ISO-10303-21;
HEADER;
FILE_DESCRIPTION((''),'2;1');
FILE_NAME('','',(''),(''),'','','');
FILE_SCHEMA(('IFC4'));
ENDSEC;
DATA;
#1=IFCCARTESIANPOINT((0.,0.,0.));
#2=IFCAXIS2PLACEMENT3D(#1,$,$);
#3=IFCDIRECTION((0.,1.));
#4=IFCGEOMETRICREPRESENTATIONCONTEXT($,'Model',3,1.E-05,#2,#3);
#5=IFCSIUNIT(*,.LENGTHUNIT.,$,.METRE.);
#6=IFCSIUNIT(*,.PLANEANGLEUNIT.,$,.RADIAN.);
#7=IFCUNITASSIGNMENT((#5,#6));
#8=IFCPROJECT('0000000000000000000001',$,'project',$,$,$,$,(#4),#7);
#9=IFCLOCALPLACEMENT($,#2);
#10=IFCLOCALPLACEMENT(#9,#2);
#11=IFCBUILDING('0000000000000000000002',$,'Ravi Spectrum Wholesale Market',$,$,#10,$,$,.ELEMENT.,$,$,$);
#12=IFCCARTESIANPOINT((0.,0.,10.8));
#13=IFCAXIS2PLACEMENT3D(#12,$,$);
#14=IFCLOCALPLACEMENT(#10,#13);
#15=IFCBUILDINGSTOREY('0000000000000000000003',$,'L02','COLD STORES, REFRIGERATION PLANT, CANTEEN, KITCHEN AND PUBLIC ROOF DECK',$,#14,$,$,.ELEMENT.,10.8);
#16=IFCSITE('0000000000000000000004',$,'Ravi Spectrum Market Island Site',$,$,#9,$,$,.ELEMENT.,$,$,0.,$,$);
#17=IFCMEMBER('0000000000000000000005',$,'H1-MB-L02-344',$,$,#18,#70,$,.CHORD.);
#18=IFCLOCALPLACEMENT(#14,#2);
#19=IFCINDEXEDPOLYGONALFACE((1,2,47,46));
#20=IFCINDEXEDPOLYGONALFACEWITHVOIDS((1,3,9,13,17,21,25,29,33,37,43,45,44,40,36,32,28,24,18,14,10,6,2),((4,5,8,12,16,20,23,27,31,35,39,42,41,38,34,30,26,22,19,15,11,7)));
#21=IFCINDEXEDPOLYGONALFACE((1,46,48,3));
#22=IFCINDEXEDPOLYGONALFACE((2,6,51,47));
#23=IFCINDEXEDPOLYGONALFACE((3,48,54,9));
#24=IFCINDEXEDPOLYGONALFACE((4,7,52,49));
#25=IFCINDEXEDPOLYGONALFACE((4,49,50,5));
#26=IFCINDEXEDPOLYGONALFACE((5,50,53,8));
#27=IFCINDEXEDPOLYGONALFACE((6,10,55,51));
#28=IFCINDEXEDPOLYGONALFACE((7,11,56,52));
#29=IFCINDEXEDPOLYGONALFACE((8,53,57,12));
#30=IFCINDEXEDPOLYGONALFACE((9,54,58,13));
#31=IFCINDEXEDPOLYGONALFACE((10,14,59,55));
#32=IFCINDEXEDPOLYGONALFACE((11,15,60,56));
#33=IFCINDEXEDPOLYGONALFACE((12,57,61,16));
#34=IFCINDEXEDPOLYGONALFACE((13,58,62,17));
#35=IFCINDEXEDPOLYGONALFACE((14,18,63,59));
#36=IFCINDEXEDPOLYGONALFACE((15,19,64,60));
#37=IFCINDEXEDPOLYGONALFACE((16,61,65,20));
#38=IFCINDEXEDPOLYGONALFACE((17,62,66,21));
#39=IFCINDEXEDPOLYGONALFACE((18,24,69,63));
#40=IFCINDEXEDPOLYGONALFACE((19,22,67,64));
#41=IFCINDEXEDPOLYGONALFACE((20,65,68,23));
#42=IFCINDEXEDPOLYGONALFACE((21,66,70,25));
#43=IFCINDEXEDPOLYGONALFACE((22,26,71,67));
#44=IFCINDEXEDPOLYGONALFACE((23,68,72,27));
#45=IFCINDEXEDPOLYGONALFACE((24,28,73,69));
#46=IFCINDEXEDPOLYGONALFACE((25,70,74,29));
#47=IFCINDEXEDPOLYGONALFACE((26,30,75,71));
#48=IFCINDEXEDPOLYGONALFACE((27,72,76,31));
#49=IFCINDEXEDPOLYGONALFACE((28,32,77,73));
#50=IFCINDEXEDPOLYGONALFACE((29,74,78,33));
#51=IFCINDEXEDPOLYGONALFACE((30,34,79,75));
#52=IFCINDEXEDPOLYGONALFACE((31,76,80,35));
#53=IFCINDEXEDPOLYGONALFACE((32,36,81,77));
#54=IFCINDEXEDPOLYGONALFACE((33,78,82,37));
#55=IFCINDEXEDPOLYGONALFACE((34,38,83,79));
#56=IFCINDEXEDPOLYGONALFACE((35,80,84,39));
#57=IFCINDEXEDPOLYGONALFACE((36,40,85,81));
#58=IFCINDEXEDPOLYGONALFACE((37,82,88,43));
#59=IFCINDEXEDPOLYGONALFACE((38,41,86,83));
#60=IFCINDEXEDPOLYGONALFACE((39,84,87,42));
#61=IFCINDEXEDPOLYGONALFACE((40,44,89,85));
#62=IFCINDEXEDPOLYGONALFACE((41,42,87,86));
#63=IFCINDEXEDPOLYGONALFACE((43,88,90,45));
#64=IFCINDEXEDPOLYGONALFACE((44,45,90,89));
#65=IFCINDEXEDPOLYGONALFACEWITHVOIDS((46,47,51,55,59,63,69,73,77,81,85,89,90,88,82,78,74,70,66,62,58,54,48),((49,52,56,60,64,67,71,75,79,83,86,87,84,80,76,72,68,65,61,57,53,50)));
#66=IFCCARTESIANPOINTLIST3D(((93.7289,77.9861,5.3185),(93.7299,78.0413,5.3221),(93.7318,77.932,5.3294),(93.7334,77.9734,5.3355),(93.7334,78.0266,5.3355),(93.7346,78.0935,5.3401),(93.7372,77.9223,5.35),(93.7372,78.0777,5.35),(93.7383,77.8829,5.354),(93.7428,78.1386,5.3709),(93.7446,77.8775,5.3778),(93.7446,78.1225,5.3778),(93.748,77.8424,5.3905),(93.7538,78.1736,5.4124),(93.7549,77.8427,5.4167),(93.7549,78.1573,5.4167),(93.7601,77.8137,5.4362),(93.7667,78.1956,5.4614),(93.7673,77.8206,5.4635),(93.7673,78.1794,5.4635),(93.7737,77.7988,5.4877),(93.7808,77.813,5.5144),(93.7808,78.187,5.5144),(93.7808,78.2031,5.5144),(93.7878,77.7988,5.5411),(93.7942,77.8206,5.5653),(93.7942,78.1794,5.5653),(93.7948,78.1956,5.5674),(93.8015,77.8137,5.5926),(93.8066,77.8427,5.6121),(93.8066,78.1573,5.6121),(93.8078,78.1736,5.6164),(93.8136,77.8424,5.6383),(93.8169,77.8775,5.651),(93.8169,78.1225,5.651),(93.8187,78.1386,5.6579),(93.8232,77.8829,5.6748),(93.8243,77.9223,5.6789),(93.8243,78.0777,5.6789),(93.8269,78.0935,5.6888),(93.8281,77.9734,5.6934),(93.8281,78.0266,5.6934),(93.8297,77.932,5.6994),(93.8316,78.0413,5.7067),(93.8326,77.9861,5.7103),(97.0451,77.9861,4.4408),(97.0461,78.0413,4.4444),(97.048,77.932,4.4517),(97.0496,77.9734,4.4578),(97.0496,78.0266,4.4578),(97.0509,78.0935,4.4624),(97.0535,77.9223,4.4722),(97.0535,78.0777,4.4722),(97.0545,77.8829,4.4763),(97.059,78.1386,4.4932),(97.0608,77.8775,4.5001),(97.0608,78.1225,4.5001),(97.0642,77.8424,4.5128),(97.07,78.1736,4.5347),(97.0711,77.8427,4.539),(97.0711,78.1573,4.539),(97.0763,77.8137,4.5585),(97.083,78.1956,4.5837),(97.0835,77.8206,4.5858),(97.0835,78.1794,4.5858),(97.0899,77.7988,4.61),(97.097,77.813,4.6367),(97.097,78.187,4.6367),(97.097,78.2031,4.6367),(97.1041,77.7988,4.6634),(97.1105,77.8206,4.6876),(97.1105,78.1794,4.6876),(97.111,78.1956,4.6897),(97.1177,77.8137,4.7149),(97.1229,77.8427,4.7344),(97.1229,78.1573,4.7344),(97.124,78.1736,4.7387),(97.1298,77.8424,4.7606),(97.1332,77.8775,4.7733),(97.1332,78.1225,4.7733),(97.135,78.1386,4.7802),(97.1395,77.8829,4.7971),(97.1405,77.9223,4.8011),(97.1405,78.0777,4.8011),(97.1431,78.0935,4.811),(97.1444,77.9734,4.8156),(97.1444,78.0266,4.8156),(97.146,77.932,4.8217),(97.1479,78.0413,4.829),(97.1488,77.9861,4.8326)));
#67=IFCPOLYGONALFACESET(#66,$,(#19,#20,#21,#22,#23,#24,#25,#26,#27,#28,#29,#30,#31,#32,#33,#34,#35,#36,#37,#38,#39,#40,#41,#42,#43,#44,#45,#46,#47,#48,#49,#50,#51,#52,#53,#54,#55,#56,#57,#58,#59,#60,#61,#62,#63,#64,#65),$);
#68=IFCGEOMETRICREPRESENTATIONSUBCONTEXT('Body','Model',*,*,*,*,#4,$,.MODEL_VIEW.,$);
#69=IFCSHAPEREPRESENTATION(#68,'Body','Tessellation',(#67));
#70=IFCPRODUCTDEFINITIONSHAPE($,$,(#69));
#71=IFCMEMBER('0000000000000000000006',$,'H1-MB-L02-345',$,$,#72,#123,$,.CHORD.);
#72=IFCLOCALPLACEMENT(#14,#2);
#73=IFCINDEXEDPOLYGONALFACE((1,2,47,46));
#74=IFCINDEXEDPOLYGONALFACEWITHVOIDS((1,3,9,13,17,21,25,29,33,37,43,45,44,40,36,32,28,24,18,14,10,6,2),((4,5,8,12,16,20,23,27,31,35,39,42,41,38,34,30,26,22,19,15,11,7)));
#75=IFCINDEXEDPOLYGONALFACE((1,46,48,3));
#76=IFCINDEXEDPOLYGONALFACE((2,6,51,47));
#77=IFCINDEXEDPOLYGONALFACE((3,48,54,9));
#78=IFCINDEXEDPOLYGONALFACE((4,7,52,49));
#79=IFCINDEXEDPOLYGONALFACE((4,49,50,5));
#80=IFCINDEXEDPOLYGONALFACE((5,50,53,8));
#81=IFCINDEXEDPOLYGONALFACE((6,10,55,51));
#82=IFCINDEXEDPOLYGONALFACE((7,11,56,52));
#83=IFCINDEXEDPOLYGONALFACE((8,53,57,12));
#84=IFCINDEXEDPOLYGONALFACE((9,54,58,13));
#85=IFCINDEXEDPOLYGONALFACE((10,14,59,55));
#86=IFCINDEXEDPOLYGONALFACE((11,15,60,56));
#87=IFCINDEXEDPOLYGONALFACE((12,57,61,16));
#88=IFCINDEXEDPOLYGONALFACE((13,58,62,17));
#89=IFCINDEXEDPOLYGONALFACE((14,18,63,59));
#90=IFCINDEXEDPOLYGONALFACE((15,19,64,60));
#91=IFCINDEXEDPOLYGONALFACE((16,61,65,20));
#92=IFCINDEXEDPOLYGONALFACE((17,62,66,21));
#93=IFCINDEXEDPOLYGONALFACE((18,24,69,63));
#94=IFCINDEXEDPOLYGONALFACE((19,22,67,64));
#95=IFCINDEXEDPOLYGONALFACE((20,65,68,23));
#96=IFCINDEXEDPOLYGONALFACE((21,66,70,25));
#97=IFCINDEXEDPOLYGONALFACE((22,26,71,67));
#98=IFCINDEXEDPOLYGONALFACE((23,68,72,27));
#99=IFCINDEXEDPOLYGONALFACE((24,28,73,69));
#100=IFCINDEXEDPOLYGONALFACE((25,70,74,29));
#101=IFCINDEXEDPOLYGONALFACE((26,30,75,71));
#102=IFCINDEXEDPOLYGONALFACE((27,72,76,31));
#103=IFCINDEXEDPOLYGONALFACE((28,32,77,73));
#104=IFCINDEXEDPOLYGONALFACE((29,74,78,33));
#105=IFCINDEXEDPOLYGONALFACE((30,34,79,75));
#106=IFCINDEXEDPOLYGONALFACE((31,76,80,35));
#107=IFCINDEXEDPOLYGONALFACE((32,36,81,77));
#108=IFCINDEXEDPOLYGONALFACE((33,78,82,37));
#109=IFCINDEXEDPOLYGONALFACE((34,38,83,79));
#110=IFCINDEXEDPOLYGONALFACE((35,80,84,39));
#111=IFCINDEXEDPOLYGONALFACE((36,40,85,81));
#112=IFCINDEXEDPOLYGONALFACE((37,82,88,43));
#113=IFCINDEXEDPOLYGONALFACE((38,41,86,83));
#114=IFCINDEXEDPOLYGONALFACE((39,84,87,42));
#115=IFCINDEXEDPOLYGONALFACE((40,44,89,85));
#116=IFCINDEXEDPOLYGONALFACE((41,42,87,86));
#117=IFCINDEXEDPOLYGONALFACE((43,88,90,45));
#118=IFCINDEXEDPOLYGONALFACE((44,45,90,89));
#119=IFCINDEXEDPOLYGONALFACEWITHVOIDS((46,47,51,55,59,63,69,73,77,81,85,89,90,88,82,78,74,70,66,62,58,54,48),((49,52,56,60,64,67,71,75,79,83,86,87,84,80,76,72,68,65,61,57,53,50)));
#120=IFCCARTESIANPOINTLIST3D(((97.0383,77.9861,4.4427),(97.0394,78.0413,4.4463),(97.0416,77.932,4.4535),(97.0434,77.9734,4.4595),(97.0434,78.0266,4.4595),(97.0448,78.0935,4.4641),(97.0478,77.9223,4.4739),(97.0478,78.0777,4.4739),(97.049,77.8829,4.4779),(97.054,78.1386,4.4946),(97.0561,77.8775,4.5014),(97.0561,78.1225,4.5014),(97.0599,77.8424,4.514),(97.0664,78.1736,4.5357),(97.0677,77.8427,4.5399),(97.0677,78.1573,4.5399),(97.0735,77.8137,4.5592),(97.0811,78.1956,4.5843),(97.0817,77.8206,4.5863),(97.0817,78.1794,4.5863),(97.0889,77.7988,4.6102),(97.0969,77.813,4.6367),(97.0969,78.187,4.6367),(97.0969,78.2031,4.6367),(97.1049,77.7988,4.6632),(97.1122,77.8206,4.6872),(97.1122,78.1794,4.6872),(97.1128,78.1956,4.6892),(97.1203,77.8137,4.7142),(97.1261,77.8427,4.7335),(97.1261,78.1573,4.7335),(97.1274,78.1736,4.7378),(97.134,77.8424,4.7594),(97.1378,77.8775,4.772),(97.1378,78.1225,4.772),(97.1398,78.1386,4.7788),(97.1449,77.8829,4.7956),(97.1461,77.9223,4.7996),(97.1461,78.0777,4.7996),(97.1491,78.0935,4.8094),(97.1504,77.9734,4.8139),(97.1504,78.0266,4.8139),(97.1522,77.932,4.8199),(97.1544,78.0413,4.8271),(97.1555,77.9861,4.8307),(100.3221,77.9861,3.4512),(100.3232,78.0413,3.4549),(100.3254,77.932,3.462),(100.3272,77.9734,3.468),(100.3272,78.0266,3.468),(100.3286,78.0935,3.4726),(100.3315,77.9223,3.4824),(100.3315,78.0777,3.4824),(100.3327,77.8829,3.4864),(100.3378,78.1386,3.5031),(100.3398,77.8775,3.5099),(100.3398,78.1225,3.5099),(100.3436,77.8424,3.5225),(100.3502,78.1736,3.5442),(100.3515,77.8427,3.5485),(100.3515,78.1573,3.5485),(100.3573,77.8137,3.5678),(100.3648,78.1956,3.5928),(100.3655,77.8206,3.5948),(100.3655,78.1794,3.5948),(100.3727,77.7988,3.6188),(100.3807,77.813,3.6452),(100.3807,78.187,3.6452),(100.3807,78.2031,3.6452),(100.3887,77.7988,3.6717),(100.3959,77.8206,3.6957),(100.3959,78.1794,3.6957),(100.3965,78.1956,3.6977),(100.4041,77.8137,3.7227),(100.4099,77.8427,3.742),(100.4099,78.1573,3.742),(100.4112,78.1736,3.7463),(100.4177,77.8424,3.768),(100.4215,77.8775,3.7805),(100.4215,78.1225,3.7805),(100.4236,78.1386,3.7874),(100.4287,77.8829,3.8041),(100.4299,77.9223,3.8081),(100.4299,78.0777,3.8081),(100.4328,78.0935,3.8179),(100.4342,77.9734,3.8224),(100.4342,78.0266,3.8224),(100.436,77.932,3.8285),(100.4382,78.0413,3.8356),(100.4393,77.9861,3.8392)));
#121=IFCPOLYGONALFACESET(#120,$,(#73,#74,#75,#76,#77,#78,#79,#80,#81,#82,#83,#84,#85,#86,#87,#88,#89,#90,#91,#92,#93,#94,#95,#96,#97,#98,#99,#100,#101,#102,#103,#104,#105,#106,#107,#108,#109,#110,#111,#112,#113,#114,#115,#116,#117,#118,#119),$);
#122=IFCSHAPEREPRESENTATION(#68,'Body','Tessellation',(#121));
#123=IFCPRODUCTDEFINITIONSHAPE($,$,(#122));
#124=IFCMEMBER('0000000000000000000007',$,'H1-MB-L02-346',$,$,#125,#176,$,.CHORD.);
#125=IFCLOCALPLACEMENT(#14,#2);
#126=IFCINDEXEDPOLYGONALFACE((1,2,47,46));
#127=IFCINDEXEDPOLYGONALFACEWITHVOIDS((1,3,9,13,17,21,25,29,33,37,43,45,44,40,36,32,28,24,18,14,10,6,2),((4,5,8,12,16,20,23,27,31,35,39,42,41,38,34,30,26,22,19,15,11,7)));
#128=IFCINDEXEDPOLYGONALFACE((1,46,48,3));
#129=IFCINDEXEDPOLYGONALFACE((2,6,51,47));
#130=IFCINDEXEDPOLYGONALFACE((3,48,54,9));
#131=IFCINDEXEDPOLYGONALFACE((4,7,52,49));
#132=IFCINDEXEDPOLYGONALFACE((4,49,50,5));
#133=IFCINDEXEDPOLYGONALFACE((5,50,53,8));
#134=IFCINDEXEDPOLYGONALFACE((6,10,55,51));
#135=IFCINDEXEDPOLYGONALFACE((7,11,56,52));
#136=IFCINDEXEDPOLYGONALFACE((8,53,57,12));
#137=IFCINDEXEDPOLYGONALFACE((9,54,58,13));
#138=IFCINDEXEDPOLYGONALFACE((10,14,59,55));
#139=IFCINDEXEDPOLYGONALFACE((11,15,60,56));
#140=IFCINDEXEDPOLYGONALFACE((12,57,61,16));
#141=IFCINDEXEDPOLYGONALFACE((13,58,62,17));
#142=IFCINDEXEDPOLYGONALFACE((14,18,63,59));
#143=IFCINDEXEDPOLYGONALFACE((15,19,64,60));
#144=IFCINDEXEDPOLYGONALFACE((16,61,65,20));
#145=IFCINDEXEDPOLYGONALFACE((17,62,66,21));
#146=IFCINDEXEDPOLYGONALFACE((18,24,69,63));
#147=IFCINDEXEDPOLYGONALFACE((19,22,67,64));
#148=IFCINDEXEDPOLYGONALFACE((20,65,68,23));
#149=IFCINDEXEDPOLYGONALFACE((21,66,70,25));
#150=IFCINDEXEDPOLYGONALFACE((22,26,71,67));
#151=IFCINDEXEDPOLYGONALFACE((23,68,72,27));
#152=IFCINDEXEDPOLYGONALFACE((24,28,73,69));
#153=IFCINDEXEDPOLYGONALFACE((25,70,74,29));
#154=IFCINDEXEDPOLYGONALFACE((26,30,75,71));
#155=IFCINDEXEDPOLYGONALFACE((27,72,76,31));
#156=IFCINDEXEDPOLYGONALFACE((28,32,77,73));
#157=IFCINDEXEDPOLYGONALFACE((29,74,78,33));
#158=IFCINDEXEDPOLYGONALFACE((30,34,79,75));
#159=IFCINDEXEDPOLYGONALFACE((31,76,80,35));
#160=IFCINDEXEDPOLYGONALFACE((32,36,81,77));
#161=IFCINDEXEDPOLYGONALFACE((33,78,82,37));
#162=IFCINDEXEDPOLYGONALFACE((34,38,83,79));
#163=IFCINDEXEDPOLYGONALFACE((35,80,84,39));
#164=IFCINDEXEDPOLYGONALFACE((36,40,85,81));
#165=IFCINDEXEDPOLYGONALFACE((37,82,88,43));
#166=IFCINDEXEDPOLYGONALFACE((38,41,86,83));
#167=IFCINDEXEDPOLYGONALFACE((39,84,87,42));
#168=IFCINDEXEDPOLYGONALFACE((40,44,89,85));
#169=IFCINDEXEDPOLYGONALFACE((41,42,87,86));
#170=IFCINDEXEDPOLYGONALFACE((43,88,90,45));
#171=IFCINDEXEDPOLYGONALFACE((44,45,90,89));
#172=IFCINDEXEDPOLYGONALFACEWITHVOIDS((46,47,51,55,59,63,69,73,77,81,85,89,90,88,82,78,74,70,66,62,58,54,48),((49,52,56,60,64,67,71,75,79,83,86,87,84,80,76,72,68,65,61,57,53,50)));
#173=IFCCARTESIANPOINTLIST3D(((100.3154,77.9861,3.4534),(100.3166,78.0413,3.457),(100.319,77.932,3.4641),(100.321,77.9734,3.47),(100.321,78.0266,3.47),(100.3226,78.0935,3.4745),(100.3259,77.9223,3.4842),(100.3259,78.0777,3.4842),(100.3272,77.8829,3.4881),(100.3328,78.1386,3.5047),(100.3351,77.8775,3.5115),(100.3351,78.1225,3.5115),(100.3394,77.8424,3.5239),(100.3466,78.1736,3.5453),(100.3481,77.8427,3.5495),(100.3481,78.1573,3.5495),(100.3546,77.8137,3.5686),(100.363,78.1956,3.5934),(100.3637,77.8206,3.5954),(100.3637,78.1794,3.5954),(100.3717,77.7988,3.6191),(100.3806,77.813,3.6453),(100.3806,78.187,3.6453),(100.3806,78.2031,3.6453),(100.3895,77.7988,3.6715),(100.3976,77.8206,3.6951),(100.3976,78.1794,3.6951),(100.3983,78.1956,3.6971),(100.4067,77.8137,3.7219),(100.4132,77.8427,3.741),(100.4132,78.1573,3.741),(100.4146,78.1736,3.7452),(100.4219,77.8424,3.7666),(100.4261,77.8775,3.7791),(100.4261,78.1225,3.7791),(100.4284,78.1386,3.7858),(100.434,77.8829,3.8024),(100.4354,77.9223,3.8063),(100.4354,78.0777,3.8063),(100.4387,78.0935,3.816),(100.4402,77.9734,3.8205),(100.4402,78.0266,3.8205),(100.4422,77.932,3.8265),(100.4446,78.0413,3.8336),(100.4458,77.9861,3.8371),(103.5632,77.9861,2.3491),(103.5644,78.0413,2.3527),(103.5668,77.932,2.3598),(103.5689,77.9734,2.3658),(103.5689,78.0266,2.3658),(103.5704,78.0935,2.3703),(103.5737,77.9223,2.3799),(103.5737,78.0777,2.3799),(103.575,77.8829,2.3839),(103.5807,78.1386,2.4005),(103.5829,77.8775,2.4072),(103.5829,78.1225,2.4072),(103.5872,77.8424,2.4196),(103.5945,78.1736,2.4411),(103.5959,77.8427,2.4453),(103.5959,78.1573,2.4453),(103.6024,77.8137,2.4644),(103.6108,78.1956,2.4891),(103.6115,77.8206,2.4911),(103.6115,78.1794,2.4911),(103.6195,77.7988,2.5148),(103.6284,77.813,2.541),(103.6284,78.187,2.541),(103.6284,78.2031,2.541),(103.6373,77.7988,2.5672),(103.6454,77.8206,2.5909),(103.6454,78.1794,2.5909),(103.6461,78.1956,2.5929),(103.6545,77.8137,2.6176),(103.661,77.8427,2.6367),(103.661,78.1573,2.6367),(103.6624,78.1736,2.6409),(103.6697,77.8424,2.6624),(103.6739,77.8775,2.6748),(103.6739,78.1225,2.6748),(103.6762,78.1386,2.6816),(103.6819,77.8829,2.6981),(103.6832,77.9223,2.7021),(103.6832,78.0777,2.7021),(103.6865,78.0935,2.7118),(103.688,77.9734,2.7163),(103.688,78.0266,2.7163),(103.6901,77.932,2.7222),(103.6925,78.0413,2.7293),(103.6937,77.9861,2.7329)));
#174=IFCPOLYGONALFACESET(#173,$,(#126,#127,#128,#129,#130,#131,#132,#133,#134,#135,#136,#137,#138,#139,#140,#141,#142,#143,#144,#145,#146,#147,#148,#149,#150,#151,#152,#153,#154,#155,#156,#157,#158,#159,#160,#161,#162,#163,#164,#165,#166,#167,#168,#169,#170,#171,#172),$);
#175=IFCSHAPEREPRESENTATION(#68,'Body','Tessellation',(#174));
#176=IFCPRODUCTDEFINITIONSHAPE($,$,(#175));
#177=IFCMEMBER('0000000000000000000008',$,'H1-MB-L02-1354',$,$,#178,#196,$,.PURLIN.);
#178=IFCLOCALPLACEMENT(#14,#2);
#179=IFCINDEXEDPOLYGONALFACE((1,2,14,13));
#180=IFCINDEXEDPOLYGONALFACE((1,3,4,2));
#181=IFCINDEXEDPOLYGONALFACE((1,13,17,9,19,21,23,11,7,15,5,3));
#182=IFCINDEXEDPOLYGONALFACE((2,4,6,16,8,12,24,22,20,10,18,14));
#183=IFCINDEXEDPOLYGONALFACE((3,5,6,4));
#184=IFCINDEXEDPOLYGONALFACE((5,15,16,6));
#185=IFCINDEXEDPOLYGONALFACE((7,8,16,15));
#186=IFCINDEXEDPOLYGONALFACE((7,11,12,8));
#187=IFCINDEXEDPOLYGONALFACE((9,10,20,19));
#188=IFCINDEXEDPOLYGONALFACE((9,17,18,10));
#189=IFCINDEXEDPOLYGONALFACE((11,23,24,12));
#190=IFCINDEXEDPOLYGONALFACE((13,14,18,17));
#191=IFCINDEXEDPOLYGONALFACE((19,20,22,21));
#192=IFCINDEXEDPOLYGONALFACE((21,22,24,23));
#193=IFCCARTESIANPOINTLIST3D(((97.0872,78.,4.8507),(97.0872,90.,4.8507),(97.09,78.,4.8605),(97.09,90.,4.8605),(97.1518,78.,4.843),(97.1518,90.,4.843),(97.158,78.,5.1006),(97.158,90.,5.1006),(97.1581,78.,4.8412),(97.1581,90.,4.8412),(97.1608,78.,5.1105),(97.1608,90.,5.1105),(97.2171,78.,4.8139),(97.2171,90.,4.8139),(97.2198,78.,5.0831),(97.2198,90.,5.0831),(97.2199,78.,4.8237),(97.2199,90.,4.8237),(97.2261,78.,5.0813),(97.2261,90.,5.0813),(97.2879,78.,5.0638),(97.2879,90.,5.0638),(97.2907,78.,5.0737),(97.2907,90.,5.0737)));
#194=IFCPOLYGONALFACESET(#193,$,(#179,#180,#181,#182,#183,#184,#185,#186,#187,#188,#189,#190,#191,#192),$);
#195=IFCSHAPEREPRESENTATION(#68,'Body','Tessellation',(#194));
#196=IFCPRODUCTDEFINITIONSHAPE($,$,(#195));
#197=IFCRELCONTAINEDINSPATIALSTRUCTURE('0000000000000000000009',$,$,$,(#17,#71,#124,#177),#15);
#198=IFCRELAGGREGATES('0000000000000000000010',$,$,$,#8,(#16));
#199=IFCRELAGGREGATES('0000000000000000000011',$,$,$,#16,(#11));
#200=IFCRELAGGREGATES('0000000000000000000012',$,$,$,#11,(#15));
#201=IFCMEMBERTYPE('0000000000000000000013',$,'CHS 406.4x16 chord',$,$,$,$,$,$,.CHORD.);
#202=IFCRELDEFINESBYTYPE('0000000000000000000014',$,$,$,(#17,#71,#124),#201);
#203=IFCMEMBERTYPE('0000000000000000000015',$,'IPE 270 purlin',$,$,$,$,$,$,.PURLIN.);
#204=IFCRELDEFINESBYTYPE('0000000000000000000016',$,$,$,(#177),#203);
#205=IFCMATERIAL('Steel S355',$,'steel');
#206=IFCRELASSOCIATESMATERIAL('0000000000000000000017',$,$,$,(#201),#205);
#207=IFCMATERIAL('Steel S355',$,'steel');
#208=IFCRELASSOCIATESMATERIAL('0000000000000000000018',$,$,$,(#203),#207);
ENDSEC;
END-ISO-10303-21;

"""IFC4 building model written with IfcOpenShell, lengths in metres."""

from ifc_helpers import new_model, si_unit, direction, frame, origin, origin_2d, place, context, subcontext, project, spatial, hollow_circle, i_section, extrude, material, material_profile, profile_set, type_object, element, save


model = new_model("IFC4")

# Units and contexts
model_context = context("Model", 3, precision=1e-05, world=origin(), true_north=direction((0.0, 1.0)))
body_context = subcontext(model_context, "Body", "Model", "MODEL_VIEW")
ifc_project = project(units=[si_unit("LENGTHUNIT", "METRE"), si_unit("PLANEANGLEUNIT", "RADIAN")], contexts=[model_context])

# Site, building, storey
site_placement = place(None, origin())
site = spatial("IfcSite", under=ifc_project, at=site_placement, Name="Ravi Spectrum Market Island Site", CompositionType="ELEMENT", RefElevation=0.0)
building_placement = place(site_placement, origin())
building = spatial("IfcBuilding", under=site, at=building_placement, Name="Ravi Spectrum Wholesale Market", CompositionType="ELEMENT")
storey_placement = place(building_placement, frame((0.0, 0.0, 10.8)))
storey = spatial("IfcBuildingStorey", under=building, at=storey_placement, Name="L02", Description="COLD STORES, REFRIGERATION PLANT, CANTEEN, KITCHEN AND PUBLIC ROOF DECK", CompositionType="ELEMENT", Elevation=10.8)

# Members
ifc_material_1 = material(Name="Steel S355", Category="steel")
ifc_material_profile_1 = material_profile(ifc_material_1, hollow_circle(Radius=0.2031, WallThickness=0.0161, at=origin_2d()))
ifc_profile_set_1 = profile_set([ifc_material_profile_1], Name="Steel S355")
member_type_1 = type_object("IfcMemberType", Name="CHS 406.4x16 chord", PredefinedType="CHORD", material=ifc_profile_set_1)
member_1_placement = place(storey_placement, frame((93.7808, 78.0, 5.5144), z_axis=(0.966714, 0.0, -0.255859), x_axis=(0.0, 1.0, 0.0)))
element("IfcMember", 1, at=member_1_placement, inside=storey, type_object=member_type_1, Name="H1-MB-L02-344", PredefinedType="CHORD", context=body_context, shape_type="SweptSolid", body=[
    extrude(hollow_circle(Radius=0.2031, WallThickness=0.0161, at=origin_2d()), origin(), (0.0, 0.0, 1.0), 3.4304),
])
member_2_placement = place(storey_placement, frame((97.0969, 78.0, 4.6367), z_axis=(0.957315, 0.0, -0.289045), x_axis=(0.0, 1.0, 0.0)))
element("IfcMember", 2, at=member_2_placement, inside=storey, type_object=member_type_1, Name="H1-MB-L02-345", PredefinedType="CHORD", context=body_context, shape_type="SweptSolid", body=[
    extrude(hollow_circle(Radius=0.2031, WallThickness=0.0161, at=origin_2d()), origin(), (0.0, 0.0, 1.0), 3.4302),
])
member_3_placement = place(storey_placement, frame((100.3806, 78.0, 3.6453), z_axis=(0.946773, 0.0, -0.321901), x_axis=(0.0, 1.0, 0.0)))
element("IfcMember", 3, at=member_3_placement, inside=storey, type_object=member_type_1, Name="H1-MB-L02-346", PredefinedType="CHORD", context=body_context, shape_type="SweptSolid", body=[
    extrude(hollow_circle(Radius=0.2031, WallThickness=0.0161, at=origin_2d()), origin(), (0.0, 0.0, 1.0), 3.4304),
])
ifc_material_2 = material(Name="Steel S355", Category="steel")
ifc_material_profile_2 = material_profile(ifc_material_2, i_section(OverallWidth=0.135, OverallDepth=0.27, WebThickness=0.0066, FlangeThickness=0.0103, at=origin_2d()))
ifc_profile_set_2 = profile_set([ifc_material_profile_2], Name="Steel S355")
member_type_2 = type_object("IfcMemberType", Name="IPE 270 purlin", PredefinedType="PURLIN", material=ifc_profile_set_2)
member_4_placement = place(storey_placement, frame((97.189, 78.0, 4.9622), z_axis=(0.0, 1.0, 0.0), x_axis=(-0.962156, 0.0, 0.272499)))
element("IfcMember", 4, at=member_4_placement, inside=storey, type_object=member_type_2, Name="H1-MB-L02-1354", PredefinedType="PURLIN", context=body_context, shape_type="SweptSolid", body=[
    extrude(i_section(OverallWidth=0.135, OverallDepth=0.27, WebThickness=0.0066, FlangeThickness=0.0103, at=origin_2d()), origin(), (0.0, 0.0, 1.0), 12.0),
])

save(model, "model.ifc")
